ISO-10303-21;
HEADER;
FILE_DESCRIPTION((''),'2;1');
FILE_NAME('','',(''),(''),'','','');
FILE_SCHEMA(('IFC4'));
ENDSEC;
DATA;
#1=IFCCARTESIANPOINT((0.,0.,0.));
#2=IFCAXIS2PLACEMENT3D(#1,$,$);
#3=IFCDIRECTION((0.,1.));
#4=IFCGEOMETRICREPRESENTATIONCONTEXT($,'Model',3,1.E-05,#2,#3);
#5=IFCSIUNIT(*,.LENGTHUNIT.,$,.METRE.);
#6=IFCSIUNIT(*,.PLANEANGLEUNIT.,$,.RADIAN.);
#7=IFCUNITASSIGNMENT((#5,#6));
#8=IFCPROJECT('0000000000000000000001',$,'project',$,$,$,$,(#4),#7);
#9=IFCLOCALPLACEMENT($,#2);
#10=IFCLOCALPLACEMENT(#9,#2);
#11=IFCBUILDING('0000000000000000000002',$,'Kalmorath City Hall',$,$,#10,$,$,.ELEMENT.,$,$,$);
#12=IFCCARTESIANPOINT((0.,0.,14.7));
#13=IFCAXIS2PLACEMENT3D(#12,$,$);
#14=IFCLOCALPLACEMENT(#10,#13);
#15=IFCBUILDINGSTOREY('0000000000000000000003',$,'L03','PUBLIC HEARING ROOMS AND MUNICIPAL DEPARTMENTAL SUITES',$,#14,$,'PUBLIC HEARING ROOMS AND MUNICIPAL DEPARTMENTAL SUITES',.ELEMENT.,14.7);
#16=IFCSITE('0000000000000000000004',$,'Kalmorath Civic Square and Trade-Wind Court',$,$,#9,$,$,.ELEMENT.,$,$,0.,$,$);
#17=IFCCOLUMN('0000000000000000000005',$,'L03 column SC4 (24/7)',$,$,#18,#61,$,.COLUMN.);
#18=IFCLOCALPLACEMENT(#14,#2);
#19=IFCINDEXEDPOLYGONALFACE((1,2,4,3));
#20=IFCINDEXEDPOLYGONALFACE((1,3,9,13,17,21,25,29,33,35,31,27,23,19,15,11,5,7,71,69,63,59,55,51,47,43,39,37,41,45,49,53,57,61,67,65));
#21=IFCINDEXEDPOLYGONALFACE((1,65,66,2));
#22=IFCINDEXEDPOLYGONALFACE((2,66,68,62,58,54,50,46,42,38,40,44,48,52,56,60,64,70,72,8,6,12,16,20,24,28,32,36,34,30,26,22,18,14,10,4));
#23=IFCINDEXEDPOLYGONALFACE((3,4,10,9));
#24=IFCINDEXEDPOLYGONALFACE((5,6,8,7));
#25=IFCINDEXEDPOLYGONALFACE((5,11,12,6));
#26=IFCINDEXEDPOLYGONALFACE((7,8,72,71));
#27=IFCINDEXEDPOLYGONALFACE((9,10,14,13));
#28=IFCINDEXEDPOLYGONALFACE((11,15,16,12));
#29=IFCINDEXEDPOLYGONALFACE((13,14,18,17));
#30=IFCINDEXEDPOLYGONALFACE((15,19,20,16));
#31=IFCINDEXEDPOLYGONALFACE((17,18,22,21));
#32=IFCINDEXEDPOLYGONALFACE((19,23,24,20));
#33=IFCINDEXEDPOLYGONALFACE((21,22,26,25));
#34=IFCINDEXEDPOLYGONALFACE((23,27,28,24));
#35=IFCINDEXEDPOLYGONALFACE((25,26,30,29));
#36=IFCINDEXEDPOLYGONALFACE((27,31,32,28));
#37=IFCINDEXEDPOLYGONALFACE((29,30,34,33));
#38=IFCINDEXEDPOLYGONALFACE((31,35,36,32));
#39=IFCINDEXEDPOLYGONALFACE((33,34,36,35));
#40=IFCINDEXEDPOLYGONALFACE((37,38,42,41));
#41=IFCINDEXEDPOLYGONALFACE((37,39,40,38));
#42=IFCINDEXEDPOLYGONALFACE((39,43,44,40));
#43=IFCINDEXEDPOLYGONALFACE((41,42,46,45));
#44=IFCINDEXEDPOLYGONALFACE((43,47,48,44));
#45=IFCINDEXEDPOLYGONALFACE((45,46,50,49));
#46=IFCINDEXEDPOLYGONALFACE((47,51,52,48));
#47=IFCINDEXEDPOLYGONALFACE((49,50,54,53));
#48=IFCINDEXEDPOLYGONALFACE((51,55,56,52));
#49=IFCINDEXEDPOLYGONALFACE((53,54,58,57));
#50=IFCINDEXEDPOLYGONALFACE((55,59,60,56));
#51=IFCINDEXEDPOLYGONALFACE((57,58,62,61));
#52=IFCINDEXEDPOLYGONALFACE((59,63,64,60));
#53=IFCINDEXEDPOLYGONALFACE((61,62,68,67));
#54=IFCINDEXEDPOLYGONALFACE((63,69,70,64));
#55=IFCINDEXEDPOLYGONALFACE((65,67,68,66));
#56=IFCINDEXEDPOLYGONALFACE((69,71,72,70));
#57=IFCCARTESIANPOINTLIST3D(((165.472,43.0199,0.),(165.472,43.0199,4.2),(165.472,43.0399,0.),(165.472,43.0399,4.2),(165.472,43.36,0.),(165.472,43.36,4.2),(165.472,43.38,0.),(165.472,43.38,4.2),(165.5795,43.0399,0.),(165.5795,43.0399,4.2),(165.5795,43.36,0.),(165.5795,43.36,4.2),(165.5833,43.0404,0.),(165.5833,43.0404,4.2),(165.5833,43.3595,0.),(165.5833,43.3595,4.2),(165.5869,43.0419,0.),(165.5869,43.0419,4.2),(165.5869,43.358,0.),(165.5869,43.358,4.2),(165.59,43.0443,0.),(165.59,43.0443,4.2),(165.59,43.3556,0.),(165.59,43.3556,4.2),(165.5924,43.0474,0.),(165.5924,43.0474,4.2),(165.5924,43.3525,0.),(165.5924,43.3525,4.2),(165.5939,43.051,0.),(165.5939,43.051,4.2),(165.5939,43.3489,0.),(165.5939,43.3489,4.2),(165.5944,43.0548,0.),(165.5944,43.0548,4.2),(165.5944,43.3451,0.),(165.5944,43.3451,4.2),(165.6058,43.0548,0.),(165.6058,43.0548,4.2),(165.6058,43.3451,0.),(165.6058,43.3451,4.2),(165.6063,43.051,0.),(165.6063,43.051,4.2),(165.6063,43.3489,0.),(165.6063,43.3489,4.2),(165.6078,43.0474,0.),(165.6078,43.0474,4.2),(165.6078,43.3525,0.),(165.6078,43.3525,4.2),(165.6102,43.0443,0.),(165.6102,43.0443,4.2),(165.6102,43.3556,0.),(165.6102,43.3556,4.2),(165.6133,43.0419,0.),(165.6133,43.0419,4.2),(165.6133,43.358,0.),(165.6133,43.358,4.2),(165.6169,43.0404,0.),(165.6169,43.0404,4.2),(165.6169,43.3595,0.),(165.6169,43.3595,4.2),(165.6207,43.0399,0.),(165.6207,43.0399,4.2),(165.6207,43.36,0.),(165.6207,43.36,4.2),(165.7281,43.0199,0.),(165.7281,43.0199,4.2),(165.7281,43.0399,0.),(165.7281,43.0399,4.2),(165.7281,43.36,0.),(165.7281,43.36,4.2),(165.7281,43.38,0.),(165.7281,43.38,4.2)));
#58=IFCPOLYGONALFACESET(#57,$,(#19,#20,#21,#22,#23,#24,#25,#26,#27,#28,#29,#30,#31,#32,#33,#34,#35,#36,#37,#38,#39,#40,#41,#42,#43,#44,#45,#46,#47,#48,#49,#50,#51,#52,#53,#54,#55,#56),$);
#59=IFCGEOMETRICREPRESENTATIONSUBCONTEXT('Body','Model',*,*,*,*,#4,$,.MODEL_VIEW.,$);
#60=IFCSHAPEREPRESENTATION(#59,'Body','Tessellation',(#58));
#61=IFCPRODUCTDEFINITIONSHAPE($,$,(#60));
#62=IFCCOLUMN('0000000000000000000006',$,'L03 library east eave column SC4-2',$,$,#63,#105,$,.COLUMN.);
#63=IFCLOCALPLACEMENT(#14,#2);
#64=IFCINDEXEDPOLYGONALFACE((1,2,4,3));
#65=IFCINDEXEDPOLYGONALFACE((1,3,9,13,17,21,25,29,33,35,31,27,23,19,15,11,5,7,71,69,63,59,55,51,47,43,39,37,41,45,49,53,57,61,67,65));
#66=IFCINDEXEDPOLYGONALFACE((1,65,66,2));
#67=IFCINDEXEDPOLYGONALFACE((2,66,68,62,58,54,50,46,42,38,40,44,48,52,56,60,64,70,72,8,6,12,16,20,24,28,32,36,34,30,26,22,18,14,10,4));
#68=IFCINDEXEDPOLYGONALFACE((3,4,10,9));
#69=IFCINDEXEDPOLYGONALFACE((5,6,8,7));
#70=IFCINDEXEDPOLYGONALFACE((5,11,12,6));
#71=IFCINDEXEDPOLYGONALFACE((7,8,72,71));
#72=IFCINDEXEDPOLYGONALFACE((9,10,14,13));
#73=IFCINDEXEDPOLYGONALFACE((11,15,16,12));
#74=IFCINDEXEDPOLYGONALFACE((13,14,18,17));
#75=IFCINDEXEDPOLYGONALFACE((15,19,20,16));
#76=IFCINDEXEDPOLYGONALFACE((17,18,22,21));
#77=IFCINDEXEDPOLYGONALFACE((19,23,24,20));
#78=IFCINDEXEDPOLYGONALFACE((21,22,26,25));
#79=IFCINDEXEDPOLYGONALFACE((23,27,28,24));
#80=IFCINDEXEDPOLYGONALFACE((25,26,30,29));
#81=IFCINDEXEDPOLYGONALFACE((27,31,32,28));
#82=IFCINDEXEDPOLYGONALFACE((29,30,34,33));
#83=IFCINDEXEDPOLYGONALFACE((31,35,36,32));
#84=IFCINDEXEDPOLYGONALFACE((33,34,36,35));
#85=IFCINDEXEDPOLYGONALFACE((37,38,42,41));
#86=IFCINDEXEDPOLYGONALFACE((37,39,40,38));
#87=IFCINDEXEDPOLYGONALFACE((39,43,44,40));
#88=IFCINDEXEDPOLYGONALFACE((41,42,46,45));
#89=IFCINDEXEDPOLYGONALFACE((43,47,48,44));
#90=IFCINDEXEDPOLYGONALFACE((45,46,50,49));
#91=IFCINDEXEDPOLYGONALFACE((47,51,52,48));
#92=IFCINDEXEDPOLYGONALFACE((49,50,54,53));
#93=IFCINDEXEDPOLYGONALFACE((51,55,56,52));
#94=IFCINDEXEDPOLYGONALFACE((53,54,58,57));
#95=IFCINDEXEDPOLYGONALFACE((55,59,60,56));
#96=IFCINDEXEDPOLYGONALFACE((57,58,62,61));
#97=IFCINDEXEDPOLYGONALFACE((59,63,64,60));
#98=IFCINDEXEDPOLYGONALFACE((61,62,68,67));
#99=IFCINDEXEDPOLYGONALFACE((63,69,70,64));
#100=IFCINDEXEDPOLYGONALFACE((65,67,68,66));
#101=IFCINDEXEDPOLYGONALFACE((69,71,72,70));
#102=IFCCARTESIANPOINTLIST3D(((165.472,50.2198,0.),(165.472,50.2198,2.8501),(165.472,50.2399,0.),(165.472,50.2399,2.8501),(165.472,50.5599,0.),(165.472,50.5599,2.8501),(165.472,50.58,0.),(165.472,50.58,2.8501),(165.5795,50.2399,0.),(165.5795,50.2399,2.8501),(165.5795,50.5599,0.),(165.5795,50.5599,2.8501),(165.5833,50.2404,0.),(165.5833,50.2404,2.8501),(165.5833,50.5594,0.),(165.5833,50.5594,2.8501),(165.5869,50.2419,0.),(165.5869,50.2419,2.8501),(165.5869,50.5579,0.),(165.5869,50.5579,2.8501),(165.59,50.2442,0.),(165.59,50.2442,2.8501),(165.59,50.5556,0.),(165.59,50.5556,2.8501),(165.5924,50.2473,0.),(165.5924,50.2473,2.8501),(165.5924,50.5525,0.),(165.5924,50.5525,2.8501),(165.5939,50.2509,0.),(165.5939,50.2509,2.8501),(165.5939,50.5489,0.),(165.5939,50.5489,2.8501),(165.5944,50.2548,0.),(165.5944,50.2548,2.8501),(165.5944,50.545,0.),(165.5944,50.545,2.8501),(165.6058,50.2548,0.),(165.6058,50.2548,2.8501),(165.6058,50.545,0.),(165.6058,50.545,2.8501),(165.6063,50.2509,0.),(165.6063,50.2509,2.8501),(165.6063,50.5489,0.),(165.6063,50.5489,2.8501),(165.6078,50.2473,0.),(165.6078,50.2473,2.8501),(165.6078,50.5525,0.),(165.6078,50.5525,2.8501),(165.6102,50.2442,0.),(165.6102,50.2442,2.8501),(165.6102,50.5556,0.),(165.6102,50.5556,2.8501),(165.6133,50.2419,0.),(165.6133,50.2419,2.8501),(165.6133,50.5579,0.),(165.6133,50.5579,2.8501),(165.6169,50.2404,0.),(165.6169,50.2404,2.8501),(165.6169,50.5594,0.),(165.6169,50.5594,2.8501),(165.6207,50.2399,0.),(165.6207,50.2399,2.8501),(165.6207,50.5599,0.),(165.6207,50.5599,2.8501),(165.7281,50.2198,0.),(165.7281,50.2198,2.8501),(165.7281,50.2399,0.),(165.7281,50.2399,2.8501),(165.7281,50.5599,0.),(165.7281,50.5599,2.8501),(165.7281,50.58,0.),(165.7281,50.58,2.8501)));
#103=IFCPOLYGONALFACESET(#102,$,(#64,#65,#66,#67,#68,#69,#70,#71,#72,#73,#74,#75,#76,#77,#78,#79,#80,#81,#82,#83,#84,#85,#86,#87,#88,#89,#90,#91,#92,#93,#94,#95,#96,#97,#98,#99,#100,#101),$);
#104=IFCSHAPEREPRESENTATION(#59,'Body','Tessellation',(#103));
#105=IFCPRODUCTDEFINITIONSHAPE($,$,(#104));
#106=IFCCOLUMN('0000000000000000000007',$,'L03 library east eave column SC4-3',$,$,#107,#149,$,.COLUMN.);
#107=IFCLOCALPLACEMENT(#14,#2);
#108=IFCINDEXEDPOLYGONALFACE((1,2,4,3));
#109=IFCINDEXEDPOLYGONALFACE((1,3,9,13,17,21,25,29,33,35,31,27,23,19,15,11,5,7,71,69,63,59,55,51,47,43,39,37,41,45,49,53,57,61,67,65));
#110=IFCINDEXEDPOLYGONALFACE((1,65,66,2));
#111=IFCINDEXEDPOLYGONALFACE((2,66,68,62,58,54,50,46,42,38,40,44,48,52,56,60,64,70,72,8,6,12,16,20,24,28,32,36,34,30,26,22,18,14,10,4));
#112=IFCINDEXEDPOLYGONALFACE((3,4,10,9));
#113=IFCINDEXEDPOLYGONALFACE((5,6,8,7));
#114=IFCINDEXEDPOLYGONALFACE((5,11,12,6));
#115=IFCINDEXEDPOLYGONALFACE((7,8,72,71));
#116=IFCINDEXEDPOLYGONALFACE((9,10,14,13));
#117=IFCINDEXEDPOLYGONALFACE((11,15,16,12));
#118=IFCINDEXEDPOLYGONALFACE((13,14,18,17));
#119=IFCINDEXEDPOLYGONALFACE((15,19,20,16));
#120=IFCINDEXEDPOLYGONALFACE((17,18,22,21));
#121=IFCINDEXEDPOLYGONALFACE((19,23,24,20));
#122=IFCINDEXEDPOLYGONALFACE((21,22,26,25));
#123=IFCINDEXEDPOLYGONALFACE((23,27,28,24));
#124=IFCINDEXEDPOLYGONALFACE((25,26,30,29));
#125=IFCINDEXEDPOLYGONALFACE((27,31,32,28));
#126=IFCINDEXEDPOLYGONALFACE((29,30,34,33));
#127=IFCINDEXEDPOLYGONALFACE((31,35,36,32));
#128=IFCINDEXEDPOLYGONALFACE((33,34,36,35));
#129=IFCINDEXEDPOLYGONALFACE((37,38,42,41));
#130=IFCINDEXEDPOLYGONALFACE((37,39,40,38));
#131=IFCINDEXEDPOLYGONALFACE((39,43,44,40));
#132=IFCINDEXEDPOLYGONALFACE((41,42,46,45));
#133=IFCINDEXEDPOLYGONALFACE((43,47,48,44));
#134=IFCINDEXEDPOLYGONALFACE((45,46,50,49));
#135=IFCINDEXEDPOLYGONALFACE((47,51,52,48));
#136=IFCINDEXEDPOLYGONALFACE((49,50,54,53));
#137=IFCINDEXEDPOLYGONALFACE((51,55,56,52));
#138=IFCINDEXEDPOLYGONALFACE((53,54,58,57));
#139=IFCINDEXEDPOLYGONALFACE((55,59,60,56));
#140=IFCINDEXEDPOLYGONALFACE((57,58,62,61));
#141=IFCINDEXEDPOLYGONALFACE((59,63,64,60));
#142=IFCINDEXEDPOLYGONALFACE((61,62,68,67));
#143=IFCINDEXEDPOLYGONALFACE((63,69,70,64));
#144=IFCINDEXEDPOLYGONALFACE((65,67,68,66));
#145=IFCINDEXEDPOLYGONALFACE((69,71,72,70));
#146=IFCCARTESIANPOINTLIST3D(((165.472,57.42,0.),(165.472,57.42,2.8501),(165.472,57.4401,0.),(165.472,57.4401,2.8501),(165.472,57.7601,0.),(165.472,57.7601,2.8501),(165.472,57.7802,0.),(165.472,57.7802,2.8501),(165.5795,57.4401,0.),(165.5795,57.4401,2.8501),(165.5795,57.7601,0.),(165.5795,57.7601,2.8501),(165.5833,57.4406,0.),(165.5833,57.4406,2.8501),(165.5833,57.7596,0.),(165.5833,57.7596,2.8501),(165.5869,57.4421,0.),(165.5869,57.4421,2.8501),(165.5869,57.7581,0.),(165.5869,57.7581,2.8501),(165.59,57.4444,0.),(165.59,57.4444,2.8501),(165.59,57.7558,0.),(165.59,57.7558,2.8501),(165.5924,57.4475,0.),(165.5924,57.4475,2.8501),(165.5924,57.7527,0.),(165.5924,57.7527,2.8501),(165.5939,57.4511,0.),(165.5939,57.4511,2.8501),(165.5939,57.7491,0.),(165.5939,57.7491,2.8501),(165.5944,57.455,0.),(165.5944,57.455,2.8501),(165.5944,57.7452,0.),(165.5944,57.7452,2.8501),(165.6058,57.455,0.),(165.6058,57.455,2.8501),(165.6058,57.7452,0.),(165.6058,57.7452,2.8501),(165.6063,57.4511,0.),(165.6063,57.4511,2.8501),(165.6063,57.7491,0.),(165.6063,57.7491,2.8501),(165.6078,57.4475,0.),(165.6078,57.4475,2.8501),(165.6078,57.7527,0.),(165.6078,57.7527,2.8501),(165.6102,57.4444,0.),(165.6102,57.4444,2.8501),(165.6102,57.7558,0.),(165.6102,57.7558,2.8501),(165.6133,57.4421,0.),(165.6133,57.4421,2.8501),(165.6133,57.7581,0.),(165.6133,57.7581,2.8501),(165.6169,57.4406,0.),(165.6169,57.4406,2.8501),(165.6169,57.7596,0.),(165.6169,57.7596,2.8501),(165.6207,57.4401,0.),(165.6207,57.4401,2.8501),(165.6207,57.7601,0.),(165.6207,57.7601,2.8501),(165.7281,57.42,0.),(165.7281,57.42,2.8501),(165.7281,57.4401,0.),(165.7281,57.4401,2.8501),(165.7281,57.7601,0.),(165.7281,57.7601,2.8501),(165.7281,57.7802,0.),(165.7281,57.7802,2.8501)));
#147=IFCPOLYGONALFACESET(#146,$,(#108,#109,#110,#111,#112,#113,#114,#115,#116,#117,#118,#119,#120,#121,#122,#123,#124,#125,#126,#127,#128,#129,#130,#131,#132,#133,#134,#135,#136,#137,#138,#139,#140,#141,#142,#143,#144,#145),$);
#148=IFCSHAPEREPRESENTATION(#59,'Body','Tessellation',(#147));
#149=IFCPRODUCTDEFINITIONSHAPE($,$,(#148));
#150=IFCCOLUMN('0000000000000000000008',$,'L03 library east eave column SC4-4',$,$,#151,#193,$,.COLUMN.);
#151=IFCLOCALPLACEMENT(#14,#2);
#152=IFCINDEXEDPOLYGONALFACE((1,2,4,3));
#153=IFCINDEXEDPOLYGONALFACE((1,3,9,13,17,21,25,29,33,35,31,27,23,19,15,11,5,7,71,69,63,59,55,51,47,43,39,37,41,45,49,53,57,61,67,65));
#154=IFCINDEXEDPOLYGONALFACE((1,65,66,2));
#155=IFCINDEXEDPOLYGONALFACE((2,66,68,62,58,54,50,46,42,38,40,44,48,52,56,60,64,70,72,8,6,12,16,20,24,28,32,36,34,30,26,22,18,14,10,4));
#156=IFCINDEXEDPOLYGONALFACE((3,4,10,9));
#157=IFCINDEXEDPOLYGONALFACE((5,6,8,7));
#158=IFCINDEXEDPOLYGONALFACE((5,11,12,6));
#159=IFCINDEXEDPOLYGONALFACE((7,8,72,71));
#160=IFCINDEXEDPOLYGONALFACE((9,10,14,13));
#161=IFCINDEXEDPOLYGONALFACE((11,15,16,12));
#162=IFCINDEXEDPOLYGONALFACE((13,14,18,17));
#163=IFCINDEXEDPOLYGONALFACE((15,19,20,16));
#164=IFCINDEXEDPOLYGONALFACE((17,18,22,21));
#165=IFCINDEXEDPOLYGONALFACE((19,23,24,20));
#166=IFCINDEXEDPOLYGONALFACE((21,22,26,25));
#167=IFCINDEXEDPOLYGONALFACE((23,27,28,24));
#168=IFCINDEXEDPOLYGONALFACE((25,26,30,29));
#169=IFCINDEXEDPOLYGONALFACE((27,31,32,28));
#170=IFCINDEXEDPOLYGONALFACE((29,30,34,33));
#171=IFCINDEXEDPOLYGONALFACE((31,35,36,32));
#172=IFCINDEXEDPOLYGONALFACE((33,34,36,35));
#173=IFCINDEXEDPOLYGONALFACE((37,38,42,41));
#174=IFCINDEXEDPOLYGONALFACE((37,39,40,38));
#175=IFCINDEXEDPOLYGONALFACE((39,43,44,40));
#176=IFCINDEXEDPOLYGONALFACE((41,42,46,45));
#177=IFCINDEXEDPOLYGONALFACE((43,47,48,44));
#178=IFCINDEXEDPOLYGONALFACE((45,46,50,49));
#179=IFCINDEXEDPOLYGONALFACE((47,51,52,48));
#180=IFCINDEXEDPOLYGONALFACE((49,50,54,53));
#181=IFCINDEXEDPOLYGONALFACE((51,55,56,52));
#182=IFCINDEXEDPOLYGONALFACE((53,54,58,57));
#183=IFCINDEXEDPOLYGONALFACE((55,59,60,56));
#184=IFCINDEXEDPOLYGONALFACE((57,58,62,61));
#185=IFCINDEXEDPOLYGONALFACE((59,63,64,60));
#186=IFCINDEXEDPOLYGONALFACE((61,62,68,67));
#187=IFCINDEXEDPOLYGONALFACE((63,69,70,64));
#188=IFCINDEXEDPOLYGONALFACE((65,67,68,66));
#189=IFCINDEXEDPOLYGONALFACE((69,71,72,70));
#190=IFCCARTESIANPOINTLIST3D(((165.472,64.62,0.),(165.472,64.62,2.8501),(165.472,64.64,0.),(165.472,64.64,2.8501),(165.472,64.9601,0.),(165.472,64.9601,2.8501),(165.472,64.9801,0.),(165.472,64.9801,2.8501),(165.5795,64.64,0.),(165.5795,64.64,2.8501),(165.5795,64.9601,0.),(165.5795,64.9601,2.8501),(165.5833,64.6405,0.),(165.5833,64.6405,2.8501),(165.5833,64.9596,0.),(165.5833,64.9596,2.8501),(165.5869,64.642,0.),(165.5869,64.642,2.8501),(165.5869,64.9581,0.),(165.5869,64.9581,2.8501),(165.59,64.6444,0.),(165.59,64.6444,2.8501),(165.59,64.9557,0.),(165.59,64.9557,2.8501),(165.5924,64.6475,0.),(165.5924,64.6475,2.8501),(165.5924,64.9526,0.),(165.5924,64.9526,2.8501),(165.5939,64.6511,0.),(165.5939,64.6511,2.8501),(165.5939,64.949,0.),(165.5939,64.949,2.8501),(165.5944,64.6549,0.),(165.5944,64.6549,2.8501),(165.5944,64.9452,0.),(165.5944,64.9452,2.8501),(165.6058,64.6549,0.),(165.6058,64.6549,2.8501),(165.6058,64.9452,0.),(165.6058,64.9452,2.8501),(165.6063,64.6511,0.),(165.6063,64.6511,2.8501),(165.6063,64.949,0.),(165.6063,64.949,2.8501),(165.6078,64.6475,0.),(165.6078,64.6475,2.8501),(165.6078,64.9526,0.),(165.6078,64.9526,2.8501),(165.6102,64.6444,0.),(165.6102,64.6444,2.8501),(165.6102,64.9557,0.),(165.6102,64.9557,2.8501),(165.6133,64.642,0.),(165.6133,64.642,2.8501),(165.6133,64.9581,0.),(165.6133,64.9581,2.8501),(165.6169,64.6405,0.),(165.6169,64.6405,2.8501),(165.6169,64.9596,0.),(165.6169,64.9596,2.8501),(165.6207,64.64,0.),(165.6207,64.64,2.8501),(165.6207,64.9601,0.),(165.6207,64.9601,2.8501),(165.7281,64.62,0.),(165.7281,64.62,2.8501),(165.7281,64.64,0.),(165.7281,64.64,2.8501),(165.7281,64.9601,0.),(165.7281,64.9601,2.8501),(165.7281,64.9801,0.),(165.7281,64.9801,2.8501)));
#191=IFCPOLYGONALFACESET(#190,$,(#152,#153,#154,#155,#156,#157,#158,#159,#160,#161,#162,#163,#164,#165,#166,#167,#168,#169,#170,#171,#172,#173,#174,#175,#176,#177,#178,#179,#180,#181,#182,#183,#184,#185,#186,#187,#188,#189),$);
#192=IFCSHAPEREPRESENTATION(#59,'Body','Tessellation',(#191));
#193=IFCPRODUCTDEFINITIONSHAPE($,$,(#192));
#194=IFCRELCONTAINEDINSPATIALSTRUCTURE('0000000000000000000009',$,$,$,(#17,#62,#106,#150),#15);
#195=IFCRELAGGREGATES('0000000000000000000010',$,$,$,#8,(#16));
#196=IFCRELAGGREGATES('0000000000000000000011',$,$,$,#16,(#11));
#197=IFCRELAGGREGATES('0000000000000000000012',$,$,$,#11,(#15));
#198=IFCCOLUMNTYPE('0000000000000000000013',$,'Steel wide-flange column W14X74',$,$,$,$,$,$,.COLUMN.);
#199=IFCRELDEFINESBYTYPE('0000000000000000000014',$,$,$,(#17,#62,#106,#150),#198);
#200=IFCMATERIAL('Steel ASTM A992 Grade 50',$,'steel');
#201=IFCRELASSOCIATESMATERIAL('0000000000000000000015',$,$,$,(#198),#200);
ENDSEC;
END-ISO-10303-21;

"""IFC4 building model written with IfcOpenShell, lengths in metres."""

from ifc_helpers import new_model, si_unit, direction, frame, origin, origin_2d, place, context, subcontext, project, spatial, i_section, extrude, material, material_profile, profile_set, type_object, element, save


model = new_model("IFC4")

# Units and contexts
model_context = context("Model", 3, precision=1e-05, world=origin(), true_north=direction((0.0, 1.0)))
body_context = subcontext(model_context, "Body", "Model", "MODEL_VIEW")
ifc_project = project(units=[si_unit("LENGTHUNIT", "METRE"), si_unit("PLANEANGLEUNIT", "RADIAN")], contexts=[model_context])

# Site, building, storey
site_placement = place(None, origin())
site = spatial("IfcSite", under=ifc_project, at=site_placement, Name="Kalmorath Civic Square and Trade-Wind Court", CompositionType="ELEMENT", RefElevation=0.0)
building_placement = place(site_placement, origin())
building = spatial("IfcBuilding", under=site, at=building_placement, Name="Kalmorath City Hall", CompositionType="ELEMENT")
storey_placement = place(building_placement, frame((0.0, 0.0, 14.7)))
storey = spatial("IfcBuildingStorey", under=building, at=storey_placement, Name="L03", Description="PUBLIC HEARING ROOMS AND MUNICIPAL DEPARTMENTAL SUITES", LongName="PUBLIC HEARING ROOMS AND MUNICIPAL DEPARTMENTAL SUITES", CompositionType="ELEMENT", Elevation=14.7)

# Columns
ifc_material_1 = material(Name="Steel ASTM A992 Grade 50", Category="steel")
ifc_material_profile_1 = material_profile(ifc_material_1, i_section(OverallWidth=0.2561, OverallDepth=0.3601, WebThickness=0.0115, FlangeThickness=0.02, FilletRadius=0.0149, at=origin_2d()), Name="W14X74")
ifc_profile_set_1 = profile_set([ifc_material_profile_1], Name="Steel ASTM A992 Grade 50")
column_type_1 = type_object("IfcColumnType", Name="Steel wide-flange column W14X74", PredefinedType="COLUMN", material=ifc_profile_set_1)
column_1_placement = place(storey_placement, frame((165.6001, 43.2, 0.0), z_axis=(0.0, 0.0, 1.0), x_axis=(1.0, 0.0, 0.0)))
element("IfcColumn", 1, at=column_1_placement, inside=storey, type_object=column_type_1, Name="L03 column SC4 (24/7)", PredefinedType="COLUMN", context=body_context, shape_type="SweptSolid", body=[
    extrude(i_section(OverallWidth=0.2561, OverallDepth=0.3601, WebThickness=0.0115, FlangeThickness=0.02, FilletRadius=0.0149, at=origin_2d()), origin(), (0.0, 0.0, 1.0), 4.2),
])
for number, where, z_axis, x_axis, name in (
    (2, (165.6001, 50.3999, 0.0), (0.0, 0.0, 1.0), (1.0, 0.0, 0.0), "L03 library east eave column SC4-2"),
    (3, (165.6001, 57.6001, 0.0), (0.0, 0.0, 1.0), (1.0, 0.0, 0.0), "L03 library east eave column SC4-3"),
    (4, (165.6001, 64.8, 0.0), (0.0, 0.0, 1.0), (1.0, 0.0, 0.0), "L03 library east eave column SC4-4"),
):
    element("IfcColumn", number, at=place(storey_placement, frame(where, z_axis=z_axis, x_axis=x_axis)), inside=storey, type_object=column_type_1, Name=name, PredefinedType="COLUMN", context=body_context, shape_type="SweptSolid", body=[
        extrude(i_section(OverallWidth=0.2561, OverallDepth=0.3601, WebThickness=0.0115, FlangeThickness=0.02, FilletRadius=0.0149, at=origin_2d()), origin(), (0.0, 0.0, 1.0), 2.8501),
    ])

save(model, "model.ifc")
